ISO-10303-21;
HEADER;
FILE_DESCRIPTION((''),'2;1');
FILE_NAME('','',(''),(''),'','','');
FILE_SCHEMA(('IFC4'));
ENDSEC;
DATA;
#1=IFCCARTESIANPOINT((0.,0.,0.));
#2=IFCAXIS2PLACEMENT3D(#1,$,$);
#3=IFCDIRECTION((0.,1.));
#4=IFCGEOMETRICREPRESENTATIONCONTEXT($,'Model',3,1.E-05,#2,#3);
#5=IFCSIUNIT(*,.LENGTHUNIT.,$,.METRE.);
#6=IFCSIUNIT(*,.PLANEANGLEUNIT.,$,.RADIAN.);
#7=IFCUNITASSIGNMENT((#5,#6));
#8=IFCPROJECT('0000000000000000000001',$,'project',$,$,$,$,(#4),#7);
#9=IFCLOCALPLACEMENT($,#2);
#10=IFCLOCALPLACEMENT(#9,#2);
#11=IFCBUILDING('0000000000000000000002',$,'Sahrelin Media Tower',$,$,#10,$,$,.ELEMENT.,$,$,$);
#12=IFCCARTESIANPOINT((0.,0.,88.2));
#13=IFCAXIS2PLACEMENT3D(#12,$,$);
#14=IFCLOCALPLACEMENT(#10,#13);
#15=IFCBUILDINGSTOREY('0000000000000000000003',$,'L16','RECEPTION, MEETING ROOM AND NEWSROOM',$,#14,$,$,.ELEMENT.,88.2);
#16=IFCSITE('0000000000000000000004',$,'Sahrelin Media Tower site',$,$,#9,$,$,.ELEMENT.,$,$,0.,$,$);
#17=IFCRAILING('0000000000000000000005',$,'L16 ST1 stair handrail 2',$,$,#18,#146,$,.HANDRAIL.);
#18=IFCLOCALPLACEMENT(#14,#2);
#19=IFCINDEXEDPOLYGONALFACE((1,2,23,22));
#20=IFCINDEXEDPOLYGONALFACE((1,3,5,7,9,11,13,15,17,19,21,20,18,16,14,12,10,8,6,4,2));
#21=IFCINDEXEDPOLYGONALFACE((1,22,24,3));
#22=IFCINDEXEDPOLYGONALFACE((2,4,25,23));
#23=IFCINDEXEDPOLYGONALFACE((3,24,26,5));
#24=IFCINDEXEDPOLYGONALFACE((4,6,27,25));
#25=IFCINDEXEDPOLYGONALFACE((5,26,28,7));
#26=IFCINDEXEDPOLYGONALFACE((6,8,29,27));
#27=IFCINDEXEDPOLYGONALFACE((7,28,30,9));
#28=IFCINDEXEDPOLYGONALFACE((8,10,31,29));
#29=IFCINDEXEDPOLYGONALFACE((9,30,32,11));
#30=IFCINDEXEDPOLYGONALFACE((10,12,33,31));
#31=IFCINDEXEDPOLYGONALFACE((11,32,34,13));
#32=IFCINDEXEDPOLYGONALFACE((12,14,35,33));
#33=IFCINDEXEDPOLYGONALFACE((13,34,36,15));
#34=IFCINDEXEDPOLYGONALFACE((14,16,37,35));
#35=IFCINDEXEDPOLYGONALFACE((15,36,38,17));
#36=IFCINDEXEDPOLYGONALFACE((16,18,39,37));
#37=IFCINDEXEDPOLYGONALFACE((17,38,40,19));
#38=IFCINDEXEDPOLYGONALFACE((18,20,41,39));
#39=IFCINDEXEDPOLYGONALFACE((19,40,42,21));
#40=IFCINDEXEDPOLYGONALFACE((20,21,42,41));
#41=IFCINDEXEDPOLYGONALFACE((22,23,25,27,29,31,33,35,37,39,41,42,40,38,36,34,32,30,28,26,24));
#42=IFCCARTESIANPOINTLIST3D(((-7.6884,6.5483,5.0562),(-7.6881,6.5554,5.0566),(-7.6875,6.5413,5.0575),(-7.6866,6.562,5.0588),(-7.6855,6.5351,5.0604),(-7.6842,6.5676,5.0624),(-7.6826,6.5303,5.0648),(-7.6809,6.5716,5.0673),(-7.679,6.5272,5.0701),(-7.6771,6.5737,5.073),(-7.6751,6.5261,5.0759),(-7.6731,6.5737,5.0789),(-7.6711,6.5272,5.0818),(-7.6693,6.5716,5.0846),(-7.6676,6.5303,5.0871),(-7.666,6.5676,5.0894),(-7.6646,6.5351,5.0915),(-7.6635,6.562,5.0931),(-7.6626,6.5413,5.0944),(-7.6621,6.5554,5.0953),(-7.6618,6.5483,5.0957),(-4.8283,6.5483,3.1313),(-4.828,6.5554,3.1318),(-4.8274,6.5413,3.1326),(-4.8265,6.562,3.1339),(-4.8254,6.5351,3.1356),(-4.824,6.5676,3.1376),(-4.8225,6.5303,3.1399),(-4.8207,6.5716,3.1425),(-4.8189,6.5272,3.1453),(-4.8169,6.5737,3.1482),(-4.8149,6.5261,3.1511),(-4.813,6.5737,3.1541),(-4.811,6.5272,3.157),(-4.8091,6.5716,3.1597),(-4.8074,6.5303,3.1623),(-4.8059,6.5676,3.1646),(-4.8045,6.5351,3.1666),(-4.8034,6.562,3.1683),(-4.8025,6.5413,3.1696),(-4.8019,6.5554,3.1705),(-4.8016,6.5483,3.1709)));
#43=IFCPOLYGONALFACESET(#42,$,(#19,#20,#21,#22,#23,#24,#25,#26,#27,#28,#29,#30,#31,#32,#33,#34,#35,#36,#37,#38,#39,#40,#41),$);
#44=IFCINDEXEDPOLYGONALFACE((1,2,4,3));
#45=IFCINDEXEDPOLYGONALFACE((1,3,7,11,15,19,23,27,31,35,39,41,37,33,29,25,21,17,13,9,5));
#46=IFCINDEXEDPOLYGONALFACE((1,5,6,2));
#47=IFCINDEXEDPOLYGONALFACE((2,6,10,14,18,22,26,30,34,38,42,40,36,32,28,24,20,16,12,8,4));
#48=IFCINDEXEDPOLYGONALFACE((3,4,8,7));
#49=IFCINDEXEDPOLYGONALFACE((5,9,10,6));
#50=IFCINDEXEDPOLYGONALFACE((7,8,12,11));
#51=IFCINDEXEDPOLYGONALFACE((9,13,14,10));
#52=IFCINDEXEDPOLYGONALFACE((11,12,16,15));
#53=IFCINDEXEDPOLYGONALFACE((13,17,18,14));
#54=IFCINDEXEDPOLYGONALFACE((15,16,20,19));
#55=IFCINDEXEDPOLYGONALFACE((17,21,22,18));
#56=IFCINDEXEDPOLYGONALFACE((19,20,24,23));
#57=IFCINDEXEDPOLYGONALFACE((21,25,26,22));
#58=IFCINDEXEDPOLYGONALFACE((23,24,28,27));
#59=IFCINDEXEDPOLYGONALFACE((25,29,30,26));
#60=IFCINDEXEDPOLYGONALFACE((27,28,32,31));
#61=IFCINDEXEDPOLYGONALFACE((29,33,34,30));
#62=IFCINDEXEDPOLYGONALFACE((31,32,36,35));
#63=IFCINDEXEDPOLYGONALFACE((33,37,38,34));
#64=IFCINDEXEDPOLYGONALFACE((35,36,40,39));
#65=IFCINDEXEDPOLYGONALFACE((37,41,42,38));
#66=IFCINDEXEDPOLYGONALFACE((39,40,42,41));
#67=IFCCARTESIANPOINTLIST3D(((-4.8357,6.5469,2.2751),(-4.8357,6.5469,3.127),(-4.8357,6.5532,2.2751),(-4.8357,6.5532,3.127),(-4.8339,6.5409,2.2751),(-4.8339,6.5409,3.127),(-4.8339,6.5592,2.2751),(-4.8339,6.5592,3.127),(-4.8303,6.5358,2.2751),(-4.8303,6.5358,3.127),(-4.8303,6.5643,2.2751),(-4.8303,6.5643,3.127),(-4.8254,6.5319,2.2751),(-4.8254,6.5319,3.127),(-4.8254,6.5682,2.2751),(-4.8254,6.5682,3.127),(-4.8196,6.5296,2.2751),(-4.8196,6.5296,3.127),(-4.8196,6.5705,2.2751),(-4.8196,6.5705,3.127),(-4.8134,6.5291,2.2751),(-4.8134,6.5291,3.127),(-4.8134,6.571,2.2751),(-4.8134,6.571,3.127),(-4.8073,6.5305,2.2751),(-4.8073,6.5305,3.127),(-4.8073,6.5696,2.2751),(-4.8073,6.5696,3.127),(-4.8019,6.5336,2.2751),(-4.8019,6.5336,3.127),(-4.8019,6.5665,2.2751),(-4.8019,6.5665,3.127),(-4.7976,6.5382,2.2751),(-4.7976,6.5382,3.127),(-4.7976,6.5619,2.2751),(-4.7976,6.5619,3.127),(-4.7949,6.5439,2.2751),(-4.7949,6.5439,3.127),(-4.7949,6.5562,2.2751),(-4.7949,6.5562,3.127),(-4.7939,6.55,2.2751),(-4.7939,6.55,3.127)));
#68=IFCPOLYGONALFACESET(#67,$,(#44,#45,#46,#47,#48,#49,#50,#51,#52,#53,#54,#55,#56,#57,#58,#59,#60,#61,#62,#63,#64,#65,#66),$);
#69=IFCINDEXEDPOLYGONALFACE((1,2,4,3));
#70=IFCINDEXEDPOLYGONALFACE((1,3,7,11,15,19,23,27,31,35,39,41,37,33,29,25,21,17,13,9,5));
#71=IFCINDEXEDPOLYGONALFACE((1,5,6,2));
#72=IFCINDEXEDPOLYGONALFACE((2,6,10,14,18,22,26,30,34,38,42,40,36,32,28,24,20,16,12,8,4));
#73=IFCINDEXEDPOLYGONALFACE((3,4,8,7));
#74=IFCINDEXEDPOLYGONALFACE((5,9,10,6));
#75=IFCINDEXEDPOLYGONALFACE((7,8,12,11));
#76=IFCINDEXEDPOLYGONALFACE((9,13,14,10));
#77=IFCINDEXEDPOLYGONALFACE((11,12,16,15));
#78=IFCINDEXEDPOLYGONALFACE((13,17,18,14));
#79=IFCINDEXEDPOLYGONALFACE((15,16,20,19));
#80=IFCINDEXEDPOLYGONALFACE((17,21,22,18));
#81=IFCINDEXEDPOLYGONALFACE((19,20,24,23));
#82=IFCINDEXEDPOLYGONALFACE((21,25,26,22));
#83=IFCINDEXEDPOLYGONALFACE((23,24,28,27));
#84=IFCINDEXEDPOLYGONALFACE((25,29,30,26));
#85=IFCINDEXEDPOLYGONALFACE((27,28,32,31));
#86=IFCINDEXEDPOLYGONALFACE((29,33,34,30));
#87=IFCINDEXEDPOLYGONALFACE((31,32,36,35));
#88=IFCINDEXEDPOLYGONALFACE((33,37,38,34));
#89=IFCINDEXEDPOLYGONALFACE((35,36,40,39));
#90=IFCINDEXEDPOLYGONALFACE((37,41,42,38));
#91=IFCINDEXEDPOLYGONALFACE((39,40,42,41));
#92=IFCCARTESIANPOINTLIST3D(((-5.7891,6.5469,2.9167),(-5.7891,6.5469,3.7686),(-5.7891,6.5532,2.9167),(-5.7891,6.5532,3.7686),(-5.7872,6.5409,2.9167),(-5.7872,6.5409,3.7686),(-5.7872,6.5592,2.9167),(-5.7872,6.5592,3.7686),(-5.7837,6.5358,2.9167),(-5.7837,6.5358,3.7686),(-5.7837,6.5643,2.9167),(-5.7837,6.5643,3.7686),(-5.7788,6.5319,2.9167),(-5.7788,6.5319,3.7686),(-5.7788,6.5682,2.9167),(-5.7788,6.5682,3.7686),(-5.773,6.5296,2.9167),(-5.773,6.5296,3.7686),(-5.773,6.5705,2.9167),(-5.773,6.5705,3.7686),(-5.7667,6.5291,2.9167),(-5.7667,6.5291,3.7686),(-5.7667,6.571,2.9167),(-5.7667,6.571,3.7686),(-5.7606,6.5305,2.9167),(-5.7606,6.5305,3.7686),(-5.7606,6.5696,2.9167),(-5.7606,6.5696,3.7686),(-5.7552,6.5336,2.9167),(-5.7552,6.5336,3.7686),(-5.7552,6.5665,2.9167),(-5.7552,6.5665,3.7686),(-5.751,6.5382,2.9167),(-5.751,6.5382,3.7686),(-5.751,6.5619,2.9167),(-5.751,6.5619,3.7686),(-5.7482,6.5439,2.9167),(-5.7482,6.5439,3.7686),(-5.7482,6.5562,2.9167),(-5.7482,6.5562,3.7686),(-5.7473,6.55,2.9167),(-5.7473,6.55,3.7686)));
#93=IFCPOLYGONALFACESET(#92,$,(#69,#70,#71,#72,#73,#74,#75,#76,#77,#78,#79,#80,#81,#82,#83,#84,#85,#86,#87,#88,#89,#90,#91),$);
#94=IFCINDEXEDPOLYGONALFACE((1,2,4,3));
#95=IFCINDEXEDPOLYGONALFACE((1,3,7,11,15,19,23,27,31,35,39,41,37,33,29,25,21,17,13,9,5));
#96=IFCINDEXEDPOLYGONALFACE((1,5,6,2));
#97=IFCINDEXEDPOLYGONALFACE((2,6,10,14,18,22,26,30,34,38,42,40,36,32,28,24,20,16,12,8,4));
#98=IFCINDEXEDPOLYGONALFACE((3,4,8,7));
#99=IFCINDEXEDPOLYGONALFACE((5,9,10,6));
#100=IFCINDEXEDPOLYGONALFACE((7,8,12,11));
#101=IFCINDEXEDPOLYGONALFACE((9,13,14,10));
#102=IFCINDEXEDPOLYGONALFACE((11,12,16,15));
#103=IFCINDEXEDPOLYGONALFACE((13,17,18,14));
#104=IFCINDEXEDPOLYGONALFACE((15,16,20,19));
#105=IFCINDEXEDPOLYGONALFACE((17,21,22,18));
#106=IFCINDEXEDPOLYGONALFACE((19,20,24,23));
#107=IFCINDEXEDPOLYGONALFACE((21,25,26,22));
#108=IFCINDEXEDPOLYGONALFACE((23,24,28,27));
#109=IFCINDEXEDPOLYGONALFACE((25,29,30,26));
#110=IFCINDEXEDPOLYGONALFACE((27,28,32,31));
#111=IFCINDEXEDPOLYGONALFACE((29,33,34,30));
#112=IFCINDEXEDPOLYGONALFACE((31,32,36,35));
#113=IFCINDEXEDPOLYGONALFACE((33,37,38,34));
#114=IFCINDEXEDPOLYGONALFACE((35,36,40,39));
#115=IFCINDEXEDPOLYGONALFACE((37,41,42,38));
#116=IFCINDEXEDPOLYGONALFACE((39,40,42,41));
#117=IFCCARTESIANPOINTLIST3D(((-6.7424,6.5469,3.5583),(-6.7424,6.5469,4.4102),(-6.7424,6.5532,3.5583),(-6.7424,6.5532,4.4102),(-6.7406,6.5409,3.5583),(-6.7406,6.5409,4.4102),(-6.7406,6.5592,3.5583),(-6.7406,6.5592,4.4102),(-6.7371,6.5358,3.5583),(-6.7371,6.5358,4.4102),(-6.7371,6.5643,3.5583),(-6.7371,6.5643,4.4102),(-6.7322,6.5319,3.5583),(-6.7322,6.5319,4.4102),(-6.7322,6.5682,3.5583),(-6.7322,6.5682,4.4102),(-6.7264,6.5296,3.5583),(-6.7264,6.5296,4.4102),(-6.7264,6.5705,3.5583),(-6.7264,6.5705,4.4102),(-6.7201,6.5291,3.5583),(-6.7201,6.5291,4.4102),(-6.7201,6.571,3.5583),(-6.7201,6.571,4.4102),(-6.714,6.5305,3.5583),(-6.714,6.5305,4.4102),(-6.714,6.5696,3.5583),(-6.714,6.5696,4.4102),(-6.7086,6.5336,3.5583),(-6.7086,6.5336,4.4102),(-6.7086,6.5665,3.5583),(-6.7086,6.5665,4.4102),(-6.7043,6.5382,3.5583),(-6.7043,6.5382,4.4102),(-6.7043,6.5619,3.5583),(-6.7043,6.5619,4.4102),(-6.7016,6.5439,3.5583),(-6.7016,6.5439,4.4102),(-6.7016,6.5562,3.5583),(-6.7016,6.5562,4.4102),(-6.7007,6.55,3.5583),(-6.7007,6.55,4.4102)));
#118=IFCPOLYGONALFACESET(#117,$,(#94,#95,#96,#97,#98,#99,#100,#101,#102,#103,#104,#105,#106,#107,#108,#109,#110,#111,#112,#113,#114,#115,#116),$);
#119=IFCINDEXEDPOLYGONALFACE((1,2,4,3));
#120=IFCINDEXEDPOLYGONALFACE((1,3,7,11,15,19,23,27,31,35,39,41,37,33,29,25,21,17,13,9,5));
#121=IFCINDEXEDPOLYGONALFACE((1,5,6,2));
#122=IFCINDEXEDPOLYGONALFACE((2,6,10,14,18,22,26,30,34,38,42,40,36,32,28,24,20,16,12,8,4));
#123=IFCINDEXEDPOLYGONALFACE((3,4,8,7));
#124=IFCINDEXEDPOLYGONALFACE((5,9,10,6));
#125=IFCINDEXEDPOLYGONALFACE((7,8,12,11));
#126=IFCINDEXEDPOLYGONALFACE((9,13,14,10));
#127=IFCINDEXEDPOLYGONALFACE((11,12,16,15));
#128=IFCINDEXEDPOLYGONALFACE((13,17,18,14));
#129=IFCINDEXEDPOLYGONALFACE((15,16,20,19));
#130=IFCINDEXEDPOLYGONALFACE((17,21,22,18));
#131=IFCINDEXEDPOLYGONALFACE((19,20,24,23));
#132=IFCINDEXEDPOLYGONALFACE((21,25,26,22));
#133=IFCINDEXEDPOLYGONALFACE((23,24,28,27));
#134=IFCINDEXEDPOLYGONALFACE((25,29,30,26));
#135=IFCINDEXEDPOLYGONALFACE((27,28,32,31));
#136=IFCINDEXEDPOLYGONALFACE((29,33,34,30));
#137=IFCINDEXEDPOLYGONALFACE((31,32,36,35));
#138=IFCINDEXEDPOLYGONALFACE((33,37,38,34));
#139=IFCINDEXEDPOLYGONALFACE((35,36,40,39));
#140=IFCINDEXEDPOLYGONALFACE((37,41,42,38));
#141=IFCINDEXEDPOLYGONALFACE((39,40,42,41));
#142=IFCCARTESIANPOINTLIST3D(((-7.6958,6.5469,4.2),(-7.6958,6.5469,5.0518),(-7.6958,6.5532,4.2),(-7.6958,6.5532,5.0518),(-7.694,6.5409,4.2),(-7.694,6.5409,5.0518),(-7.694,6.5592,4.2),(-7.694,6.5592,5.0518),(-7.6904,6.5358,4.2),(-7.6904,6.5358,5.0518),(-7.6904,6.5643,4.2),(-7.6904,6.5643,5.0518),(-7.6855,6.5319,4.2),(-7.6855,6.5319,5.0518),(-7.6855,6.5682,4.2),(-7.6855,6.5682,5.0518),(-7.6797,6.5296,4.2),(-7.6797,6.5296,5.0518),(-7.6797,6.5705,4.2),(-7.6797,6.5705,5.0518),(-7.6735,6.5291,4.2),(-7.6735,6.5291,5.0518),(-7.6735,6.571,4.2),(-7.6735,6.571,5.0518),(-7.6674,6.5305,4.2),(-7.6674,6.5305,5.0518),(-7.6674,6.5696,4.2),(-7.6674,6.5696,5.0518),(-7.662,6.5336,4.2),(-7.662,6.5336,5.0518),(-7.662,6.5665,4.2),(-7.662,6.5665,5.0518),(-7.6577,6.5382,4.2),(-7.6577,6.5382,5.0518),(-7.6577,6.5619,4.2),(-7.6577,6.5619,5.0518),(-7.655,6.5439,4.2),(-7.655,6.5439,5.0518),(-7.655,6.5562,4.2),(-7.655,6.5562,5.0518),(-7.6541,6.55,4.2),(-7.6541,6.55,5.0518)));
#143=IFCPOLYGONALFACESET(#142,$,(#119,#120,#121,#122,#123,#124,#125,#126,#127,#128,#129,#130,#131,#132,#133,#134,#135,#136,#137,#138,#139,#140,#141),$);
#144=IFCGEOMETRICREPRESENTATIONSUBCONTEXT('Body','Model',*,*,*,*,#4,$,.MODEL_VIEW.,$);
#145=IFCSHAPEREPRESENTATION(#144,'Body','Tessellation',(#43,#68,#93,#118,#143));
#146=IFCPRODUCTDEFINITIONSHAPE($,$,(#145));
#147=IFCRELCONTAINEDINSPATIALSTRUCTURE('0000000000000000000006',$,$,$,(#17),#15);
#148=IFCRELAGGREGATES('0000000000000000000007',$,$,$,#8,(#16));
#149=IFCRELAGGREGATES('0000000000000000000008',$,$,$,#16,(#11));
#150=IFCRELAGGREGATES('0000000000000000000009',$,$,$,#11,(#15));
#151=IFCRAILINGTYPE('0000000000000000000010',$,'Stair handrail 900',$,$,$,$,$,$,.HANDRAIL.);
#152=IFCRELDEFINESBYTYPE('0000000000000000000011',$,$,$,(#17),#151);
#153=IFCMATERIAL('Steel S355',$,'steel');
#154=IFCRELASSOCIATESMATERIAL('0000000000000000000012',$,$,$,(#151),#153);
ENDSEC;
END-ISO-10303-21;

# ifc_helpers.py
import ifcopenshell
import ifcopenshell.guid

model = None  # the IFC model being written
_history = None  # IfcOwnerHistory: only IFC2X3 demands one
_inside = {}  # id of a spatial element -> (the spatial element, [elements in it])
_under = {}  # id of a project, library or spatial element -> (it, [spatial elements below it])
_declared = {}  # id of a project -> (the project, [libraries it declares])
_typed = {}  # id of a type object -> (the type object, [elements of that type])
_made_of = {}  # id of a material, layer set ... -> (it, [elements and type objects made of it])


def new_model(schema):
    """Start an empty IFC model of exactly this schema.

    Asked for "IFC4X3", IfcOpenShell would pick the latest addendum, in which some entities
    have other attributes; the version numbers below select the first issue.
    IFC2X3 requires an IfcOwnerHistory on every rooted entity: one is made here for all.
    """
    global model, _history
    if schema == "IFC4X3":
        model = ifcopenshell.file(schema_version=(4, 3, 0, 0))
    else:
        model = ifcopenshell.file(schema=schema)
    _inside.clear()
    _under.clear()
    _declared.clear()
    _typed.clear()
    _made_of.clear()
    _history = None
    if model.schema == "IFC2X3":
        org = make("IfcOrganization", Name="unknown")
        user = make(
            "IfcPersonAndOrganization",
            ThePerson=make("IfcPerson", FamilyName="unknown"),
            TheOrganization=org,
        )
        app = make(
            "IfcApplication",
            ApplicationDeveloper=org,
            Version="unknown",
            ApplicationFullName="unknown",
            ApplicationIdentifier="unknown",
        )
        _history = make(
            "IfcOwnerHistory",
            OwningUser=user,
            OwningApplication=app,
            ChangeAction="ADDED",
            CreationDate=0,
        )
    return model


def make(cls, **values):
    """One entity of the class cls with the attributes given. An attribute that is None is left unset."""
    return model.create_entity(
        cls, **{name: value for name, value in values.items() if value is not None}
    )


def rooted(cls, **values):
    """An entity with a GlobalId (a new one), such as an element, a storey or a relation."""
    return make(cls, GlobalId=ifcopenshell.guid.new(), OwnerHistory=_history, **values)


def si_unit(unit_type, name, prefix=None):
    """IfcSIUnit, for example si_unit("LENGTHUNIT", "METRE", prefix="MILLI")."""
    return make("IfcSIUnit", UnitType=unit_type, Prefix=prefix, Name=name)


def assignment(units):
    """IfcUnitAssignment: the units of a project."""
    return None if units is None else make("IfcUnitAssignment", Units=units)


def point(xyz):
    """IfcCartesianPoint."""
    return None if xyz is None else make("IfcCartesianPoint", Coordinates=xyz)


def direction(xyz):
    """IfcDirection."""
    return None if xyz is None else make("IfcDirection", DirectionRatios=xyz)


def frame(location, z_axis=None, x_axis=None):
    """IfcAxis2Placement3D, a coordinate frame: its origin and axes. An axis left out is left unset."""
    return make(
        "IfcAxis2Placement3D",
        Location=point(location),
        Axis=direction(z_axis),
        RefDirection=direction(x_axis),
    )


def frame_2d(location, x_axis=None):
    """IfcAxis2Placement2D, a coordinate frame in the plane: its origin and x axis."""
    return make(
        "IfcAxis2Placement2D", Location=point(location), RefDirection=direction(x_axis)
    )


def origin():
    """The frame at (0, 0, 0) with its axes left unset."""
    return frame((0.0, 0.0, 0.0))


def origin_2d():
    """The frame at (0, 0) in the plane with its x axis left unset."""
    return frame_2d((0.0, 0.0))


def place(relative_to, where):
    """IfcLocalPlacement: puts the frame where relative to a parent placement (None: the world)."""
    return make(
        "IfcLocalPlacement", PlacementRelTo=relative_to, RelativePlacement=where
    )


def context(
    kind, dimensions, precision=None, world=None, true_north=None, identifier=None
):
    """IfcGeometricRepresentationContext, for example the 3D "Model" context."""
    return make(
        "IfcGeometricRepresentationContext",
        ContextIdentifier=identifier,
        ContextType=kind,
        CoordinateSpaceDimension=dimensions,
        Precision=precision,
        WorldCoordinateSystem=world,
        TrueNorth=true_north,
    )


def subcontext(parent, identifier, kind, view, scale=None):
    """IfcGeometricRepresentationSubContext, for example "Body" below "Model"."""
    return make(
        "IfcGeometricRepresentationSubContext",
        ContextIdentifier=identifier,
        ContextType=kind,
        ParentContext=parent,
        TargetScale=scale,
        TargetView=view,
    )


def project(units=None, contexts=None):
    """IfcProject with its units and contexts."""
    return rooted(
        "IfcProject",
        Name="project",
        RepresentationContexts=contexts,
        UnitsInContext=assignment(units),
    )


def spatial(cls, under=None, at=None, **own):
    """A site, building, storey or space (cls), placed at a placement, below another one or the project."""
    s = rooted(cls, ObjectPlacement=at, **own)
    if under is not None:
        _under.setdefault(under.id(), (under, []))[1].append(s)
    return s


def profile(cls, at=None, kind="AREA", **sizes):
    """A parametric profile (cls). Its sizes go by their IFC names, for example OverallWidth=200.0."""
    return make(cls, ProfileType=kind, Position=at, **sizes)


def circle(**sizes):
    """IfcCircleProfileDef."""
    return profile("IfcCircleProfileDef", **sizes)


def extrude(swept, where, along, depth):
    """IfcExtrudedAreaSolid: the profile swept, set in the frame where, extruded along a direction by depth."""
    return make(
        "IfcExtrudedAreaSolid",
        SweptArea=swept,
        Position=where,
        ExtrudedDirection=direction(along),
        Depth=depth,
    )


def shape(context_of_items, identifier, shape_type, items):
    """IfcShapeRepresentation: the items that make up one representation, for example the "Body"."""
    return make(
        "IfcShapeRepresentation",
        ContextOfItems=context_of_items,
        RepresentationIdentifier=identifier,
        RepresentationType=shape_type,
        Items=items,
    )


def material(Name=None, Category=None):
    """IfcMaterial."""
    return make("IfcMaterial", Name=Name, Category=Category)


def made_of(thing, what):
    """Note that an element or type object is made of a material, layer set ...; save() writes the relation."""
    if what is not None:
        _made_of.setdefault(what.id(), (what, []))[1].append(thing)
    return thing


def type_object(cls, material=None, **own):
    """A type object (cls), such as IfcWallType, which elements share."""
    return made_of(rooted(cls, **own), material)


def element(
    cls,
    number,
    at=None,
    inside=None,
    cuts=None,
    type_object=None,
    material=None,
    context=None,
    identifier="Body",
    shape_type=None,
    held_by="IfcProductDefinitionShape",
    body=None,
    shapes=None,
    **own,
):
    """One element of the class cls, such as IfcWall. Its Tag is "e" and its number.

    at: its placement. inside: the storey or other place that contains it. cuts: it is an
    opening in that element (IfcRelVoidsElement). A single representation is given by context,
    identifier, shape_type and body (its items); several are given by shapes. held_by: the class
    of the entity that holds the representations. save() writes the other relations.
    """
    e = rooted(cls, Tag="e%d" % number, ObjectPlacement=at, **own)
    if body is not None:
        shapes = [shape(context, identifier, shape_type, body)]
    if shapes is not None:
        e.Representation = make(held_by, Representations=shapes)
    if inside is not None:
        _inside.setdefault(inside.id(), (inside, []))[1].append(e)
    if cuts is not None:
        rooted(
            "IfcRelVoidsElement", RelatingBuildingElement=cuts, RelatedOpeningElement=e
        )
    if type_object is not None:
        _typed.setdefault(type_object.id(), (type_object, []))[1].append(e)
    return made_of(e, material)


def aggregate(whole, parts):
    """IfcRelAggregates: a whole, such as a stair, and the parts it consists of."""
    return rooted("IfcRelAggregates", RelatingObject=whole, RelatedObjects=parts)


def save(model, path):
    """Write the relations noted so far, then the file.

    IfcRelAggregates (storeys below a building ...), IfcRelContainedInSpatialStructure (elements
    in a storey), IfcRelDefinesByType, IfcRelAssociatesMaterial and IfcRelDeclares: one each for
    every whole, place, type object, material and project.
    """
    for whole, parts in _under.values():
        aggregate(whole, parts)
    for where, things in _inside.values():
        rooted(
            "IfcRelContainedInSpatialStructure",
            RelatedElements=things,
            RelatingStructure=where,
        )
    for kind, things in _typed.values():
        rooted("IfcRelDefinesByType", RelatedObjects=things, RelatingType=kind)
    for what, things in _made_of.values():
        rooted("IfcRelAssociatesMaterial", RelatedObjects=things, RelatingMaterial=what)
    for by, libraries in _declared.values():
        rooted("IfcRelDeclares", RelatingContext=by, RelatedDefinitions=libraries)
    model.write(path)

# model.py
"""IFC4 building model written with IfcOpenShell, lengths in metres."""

from ifc_helpers import new_model, si_unit, direction, frame, origin, origin_2d, place, context, subcontext, project, spatial, circle, extrude, material, type_object, element, save


model = new_model("IFC4")

# Units and contexts
model_context = context("Model", 3, precision=1e-05, world=origin(), true_north=direction((0.0, 1.0)))
body_context = subcontext(model_context, "Body", "Model", "MODEL_VIEW")
ifc_project = project(units=[si_unit("LENGTHUNIT", "METRE"), si_unit("PLANEANGLEUNIT", "RADIAN")], contexts=[model_context])

# Site, building, storey
site_placement = place(None, origin())
site = spatial("IfcSite", under=ifc_project, at=site_placement, Name="Sahrelin Media Tower site", CompositionType="ELEMENT", RefElevation=0.0)
building_placement = place(site_placement, origin())
building = spatial("IfcBuilding", under=site, at=building_placement, Name="Sahrelin Media Tower", CompositionType="ELEMENT")
storey_placement = place(building_placement, frame((0.0, 0.0, 88.2)))
storey = spatial("IfcBuildingStorey", under=building, at=storey_placement, Name="L16", Description="RECEPTION, MEETING ROOM AND NEWSROOM", CompositionType="ELEMENT", Elevation=88.2)

# Shared definitions
ifc_material_1 = material(Name="Steel S355", Category="steel")

# Railing
railing_type_1 = type_object("IfcRailingType", Name="Stair handrail 900", PredefinedType="HANDRAIL", material=ifc_material_1)
railing_1_placement = place(storey_placement, frame((-4.8149, 6.55, 2.2751)))
element("IfcRailing", 1, at=railing_1_placement, inside=storey, type_object=railing_type_1, Name="L16 ST1 stair handrail 2", PredefinedType="HANDRAIL", context=body_context, shape_type="SweptSolid", body=[
    extrude(circle(Radius=0.0239, at=origin_2d()), frame((0.0, 0.0, 0.876), z_axis=(-0.829624, 0.0, 0.558323), x_axis=(0.0, -1.0, 0.0)), (0.0, 0.0, 1.0), 3.4475),
    extrude(circle(Radius=0.021, at=origin_2d()), origin(), (0.0, 0.0, 1.0), 0.8518),
    extrude(circle(Radius=0.021, at=origin_2d()), frame((-0.9534, 0.0, 0.6416)), (0.0, 0.0, 1.0), 0.8518),
    extrude(circle(Radius=0.021, at=origin_2d()), frame((-1.9067, 0.0, 1.2832)), (0.0, 0.0, 1.0), 0.8518),
    extrude(circle(Radius=0.021, at=origin_2d()), frame((-2.8601, 0.0, 1.9248)), (0.0, 0.0, 1.0), 0.8518),
])

save(model, "model.ifc")
